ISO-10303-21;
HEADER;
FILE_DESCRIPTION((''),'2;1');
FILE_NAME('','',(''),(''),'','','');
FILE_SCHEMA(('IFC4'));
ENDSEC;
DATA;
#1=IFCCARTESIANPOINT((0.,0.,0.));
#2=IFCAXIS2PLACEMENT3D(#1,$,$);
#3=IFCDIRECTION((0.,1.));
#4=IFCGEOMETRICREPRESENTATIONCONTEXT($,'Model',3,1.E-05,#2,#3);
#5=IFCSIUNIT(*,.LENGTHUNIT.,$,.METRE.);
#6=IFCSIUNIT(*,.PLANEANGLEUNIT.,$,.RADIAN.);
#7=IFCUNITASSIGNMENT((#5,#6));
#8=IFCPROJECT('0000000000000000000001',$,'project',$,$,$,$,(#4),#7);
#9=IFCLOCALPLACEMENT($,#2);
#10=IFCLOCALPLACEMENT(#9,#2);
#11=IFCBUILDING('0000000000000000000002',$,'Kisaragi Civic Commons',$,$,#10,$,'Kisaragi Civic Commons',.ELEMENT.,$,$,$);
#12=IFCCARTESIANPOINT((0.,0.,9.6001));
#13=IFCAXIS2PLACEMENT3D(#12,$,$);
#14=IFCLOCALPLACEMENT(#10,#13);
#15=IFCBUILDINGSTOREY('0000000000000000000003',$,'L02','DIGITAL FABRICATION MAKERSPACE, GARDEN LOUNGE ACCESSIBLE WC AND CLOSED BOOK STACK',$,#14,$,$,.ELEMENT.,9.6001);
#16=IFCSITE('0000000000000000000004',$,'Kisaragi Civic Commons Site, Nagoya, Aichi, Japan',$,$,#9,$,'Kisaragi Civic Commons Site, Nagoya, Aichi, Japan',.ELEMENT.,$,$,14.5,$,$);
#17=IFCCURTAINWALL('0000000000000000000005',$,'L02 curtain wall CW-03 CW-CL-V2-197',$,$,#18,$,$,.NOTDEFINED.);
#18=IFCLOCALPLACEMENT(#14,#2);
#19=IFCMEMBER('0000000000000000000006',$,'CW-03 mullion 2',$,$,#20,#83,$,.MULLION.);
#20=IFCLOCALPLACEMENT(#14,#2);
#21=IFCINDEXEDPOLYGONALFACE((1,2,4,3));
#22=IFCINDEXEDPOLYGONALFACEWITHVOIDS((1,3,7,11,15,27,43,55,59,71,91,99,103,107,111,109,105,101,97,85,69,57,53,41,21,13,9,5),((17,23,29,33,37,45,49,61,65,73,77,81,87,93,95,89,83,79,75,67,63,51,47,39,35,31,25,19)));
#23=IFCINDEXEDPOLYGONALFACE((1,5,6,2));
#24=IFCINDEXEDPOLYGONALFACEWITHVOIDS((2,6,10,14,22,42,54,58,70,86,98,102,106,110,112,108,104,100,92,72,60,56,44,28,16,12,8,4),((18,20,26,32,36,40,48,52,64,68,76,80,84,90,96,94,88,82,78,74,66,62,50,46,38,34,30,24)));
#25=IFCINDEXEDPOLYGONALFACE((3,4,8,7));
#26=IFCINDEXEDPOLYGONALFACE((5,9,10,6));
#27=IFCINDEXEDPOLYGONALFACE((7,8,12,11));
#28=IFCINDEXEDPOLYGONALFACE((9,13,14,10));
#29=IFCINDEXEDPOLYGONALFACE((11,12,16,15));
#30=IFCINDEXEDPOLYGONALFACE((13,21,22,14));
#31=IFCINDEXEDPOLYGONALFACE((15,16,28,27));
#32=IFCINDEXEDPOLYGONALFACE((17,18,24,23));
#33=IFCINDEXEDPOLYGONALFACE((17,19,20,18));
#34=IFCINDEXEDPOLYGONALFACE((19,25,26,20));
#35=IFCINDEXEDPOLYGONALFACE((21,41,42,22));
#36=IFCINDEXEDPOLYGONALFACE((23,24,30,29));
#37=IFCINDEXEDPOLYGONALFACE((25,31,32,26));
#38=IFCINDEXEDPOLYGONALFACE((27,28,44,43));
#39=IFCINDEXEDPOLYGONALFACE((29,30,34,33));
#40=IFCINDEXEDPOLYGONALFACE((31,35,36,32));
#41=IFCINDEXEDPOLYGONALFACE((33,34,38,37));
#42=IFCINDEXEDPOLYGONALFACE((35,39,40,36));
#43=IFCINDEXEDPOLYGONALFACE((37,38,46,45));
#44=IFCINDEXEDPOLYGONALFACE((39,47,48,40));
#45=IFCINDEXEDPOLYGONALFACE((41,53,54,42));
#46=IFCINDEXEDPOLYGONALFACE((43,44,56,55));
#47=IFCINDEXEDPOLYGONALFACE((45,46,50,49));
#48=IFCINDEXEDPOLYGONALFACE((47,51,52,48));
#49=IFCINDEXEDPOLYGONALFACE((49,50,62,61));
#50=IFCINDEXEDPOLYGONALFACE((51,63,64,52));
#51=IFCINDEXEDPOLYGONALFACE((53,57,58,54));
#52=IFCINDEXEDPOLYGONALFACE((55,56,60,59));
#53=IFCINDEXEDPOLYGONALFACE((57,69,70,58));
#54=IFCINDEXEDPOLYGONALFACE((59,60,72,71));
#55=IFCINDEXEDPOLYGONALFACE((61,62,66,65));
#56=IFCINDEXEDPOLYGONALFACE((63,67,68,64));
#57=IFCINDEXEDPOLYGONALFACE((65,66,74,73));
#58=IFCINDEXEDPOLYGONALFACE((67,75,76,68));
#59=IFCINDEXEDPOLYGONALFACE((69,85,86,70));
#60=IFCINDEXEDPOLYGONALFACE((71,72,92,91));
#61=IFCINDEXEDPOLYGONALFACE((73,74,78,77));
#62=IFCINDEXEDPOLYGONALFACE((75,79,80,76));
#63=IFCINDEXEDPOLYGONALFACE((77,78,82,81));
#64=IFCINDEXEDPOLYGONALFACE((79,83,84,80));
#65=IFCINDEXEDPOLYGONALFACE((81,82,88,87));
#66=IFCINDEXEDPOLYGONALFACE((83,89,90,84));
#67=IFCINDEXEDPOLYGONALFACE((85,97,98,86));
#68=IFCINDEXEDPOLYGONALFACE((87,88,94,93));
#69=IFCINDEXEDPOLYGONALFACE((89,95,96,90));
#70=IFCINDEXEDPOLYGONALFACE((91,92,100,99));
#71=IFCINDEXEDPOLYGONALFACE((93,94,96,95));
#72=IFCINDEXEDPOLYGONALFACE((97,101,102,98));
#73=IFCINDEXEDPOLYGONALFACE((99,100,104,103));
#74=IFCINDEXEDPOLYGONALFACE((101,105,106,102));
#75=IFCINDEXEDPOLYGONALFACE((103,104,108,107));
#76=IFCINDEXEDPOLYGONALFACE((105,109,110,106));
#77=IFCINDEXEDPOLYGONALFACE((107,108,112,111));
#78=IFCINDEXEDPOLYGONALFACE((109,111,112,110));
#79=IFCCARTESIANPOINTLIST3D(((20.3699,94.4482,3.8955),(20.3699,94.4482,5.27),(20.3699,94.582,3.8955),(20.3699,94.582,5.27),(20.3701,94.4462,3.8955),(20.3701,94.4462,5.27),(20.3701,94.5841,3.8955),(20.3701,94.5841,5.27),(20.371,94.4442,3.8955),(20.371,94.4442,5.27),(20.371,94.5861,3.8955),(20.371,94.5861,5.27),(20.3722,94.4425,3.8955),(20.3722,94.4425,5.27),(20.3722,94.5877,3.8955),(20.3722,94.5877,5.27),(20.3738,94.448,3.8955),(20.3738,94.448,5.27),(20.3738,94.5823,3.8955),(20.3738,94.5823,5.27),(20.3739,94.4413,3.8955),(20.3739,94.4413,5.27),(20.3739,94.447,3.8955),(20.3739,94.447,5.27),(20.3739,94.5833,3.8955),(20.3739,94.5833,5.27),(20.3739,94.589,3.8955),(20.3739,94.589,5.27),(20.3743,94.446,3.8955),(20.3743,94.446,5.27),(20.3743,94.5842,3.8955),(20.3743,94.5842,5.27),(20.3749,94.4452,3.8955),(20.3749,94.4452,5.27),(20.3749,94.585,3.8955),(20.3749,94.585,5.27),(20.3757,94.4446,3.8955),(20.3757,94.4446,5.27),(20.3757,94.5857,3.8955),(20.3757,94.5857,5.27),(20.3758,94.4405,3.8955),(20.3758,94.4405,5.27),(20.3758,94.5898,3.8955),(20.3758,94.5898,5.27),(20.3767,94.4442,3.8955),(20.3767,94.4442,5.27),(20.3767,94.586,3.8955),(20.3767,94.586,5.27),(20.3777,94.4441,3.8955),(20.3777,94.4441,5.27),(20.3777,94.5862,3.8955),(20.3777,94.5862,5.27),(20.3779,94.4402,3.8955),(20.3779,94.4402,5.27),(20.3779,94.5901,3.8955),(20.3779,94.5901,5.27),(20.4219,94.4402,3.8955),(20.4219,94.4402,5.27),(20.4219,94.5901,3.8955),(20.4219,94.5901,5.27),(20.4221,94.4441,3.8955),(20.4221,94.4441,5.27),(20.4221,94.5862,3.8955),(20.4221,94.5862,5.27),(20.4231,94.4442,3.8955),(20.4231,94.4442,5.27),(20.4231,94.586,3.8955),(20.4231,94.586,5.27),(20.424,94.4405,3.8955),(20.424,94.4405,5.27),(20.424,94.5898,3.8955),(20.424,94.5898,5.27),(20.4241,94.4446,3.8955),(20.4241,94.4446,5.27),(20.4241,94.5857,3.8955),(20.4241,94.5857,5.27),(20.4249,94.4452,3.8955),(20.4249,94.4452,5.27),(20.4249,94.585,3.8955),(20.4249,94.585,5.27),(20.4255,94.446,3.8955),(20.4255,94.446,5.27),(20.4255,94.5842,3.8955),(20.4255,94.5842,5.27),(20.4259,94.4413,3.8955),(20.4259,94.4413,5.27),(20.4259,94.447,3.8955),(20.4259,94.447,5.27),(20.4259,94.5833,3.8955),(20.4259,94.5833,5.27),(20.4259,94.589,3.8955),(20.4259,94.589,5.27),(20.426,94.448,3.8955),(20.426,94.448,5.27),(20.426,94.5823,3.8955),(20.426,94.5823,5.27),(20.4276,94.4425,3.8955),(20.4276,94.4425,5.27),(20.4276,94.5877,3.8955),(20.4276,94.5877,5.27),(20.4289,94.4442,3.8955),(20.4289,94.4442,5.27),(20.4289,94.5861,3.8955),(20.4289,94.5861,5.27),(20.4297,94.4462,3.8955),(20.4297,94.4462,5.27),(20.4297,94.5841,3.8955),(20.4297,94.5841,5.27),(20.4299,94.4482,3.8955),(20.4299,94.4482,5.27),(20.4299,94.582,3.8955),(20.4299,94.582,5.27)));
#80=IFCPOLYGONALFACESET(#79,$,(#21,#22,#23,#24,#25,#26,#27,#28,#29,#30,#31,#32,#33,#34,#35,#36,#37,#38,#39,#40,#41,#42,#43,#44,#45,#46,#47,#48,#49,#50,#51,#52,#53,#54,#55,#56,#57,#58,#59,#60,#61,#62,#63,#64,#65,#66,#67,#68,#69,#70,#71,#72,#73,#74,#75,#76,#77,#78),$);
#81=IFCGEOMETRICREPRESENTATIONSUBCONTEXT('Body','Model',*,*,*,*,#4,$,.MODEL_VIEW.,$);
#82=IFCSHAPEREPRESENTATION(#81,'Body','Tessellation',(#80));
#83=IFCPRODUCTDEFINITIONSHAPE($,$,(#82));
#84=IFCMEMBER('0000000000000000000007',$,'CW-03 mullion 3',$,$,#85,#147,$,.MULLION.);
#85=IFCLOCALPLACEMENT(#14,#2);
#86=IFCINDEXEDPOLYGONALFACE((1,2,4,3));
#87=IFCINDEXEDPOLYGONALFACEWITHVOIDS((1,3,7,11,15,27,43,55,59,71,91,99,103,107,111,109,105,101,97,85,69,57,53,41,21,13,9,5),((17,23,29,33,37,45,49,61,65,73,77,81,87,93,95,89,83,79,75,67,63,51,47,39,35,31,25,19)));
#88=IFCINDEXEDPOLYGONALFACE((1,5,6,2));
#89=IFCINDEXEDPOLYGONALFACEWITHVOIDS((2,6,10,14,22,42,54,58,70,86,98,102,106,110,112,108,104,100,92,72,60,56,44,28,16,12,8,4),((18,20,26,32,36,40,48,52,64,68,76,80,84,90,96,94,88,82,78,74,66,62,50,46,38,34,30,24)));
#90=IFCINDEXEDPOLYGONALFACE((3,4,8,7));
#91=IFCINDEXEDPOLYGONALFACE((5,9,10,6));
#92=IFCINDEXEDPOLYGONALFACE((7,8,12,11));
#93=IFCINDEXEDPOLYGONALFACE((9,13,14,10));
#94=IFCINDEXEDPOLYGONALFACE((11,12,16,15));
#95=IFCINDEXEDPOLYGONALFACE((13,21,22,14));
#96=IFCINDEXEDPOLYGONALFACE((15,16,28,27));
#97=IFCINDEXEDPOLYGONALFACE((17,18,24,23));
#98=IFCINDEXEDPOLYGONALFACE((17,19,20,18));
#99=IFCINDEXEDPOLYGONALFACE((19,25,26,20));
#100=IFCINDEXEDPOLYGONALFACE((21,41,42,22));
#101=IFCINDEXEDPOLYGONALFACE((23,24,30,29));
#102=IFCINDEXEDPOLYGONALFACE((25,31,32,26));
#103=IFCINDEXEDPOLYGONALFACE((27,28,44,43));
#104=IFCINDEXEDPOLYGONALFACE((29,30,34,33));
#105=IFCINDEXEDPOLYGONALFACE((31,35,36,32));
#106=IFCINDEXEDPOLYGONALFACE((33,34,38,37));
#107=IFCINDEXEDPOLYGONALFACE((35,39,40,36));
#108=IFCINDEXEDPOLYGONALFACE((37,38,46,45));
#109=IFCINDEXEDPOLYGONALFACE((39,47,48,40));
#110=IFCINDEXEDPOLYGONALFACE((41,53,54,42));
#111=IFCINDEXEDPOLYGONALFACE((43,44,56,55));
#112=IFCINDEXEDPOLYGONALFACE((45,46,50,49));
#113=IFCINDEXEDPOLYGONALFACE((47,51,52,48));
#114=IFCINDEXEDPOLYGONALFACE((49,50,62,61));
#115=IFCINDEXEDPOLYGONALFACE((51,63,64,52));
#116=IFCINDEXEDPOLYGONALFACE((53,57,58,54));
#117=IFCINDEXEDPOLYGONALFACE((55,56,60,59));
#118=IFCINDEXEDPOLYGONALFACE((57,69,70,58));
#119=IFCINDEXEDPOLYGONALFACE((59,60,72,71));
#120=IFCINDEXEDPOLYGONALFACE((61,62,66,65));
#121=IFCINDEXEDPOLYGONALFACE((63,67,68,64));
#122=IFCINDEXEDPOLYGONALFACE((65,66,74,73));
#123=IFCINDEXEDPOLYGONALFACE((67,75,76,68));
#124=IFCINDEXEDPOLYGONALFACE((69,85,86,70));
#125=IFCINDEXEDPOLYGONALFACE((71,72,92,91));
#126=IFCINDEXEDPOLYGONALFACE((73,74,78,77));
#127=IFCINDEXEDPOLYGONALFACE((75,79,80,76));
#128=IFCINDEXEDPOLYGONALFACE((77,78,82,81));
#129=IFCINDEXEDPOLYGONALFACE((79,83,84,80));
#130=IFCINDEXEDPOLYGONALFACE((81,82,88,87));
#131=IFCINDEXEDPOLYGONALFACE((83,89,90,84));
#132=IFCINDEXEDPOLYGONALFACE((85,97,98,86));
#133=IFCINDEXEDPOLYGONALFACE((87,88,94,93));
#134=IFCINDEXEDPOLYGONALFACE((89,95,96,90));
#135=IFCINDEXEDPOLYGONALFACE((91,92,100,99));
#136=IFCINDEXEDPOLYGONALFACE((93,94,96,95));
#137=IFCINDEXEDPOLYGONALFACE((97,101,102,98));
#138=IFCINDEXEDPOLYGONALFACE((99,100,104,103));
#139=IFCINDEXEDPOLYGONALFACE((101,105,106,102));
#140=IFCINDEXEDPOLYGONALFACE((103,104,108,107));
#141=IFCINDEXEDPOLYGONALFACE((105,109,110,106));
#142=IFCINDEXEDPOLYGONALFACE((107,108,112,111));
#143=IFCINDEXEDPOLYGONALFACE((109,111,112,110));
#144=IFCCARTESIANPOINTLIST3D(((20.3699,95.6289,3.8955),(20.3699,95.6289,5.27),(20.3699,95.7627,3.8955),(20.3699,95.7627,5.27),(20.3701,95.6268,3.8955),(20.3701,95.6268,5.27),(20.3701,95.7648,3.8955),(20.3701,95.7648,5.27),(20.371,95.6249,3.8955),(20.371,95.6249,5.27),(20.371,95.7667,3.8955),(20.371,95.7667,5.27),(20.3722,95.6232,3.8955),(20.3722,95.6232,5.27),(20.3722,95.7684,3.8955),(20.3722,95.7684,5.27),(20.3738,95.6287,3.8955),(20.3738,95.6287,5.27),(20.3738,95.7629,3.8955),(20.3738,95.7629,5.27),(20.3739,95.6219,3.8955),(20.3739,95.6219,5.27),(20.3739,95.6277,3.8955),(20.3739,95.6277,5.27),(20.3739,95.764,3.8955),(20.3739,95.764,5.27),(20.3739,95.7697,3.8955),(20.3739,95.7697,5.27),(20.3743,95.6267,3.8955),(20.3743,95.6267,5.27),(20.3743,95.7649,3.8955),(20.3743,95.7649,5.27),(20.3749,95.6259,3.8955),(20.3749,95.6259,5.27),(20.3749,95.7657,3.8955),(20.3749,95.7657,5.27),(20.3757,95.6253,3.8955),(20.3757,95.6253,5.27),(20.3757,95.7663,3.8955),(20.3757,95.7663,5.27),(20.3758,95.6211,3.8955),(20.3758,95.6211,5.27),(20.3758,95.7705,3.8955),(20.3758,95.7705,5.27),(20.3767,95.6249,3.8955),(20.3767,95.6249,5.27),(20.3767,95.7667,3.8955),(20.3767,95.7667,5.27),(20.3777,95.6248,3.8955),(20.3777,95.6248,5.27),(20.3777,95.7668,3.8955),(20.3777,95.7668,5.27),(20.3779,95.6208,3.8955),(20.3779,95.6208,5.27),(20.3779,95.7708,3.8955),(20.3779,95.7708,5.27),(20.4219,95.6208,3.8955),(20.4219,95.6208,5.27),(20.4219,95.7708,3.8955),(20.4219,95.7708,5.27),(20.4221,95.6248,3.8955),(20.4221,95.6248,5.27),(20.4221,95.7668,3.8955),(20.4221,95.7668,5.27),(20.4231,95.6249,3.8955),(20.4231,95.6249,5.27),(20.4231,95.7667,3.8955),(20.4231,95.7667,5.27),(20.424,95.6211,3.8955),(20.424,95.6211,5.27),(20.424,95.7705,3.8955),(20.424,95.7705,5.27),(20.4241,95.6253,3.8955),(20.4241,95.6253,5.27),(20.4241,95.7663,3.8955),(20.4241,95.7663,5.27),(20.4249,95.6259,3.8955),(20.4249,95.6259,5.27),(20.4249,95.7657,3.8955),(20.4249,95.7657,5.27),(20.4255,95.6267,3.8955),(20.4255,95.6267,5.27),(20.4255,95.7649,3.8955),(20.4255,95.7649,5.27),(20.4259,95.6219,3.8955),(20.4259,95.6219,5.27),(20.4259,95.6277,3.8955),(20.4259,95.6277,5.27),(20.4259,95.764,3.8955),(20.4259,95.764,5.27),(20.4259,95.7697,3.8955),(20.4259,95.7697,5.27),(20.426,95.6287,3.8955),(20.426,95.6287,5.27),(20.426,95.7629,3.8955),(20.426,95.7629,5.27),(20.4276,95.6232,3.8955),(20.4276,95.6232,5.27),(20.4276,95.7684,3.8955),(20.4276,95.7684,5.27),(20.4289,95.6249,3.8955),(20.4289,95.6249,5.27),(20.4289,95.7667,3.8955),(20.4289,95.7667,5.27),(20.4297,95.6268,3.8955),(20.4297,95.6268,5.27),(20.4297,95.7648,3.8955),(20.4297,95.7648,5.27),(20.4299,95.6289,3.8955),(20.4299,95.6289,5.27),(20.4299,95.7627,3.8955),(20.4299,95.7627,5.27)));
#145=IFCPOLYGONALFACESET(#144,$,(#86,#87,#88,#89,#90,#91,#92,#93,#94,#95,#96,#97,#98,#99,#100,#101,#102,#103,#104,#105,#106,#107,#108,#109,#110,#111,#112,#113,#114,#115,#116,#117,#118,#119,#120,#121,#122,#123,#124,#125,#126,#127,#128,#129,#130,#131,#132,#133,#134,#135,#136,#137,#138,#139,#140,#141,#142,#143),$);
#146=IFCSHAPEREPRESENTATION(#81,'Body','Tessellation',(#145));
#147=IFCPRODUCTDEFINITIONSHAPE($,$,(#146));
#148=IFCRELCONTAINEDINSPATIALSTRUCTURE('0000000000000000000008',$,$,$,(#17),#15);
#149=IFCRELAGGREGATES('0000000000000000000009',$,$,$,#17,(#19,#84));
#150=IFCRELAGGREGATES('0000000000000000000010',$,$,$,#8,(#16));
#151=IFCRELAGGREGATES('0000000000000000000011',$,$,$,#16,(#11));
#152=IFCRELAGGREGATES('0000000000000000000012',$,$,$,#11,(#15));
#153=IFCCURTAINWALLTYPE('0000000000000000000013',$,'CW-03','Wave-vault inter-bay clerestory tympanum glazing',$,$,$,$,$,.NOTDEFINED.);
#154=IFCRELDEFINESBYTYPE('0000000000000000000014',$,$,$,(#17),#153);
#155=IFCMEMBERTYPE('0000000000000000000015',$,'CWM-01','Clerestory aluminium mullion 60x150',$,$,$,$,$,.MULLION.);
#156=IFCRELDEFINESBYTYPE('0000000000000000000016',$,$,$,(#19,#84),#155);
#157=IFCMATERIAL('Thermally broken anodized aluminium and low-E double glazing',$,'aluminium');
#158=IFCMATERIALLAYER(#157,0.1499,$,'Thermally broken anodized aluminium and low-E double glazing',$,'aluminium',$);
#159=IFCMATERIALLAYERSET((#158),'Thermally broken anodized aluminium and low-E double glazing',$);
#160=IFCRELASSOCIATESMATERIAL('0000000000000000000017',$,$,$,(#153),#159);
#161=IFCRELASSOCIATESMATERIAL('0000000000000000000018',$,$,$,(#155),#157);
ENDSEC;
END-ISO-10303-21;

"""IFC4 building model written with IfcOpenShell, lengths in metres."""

from ifc_helpers import new_model, si_unit, direction, frame, origin, origin_2d, place, context, subcontext, project, spatial, hollow_rectangle, extrude, material, layer, layer_set, material_profile, profile_set, type_object, element, aggregate, save


model = new_model("IFC4")

# Units and contexts
model_context = context("Model", 3, precision=1e-05, world=origin(), true_north=direction((0.0, 1.0)))
body_context = subcontext(model_context, "Body", "Model", "MODEL_VIEW")
ifc_project = project(units=[si_unit("LENGTHUNIT", "METRE"), si_unit("PLANEANGLEUNIT", "RADIAN")], contexts=[model_context])

# Site, building, storey
site_placement = place(None, origin())
site = spatial("IfcSite", under=ifc_project, at=site_placement, Name="Kisaragi Civic Commons Site, Nagoya, Aichi, Japan", LongName="Kisaragi Civic Commons Site, Nagoya, Aichi, Japan", CompositionType="ELEMENT", RefElevation=14.5)
building_placement = place(site_placement, origin())
building = spatial("IfcBuilding", under=site, at=building_placement, Name="Kisaragi Civic Commons", LongName="Kisaragi Civic Commons", CompositionType="ELEMENT")
storey_placement = place(building_placement, frame((0.0, 0.0, 9.6001)))
storey = spatial("IfcBuildingStorey", under=building, at=storey_placement, Name="L02", Description="DIGITAL FABRICATION MAKERSPACE, GARDEN LOUNGE ACCESSIBLE WC AND CLOSED BOOK STACK", CompositionType="ELEMENT", Elevation=9.6001)

# Shared definitions
ifc_material_1 = material(Name="Thermally broken anodized aluminium and low-E double glazing", Category="aluminium")
ifc_layer_1 = layer(ifc_material_1, 0.1499, Name="Thermally broken anodized aluminium and low-E double glazing", Category="aluminium")
ifc_layer_set_1 = layer_set([ifc_layer_1], Name="Thermally broken anodized aluminium and low-E double glazing")
curtain_wall_type = type_object("IfcCurtainWallType", Name="CW-03", Description="Wave-vault inter-bay clerestory tympanum glazing", PredefinedType="NOTDEFINED", material=ifc_layer_set_1)
ifc_material_profile_1 = material_profile(ifc_material_1, hollow_rectangle(XDim=0.0601, YDim=0.1499, WallThickness=0.0039, InnerFilletRadius=0.0039, OuterFilletRadius=0.0081, at=origin_2d()), Name="CWM-60x150x4", Category="aluminium")
ifc_profile_set_1 = profile_set([ifc_material_profile_1], Name="Thermally broken anodized aluminium and low-E double glazing")
member_type_1 = type_object("IfcMemberType", Name="CWM-01", Description="Clerestory aluminium mullion 60x150", PredefinedType="MULLION", material=ifc_profile_set_1)

# Curtain wall, members
curtain_wall_1_placement = place(storey_placement, origin())
curtain_wall_1 = element("IfcCurtainWall", 1, at=curtain_wall_1_placement, inside=storey, type_object=curtain_wall_type, Name="L02 curtain wall CW-03 CW-CL-V2-197", PredefinedType="NOTDEFINED")
member_1_placement = place(storey_placement, frame((20.3999, 94.5151, 3.8955), z_axis=(0.0, 0.0, 1.0), x_axis=(-1.0, 0.0, 0.0)))
member_1 = element("IfcMember", 2, at=member_1_placement, type_object=member_type_1, Name="CW-03 mullion 2", PredefinedType="MULLION", context=body_context, shape_type="SweptSolid", body=[
    extrude(hollow_rectangle(XDim=0.0601, YDim=0.1499, WallThickness=0.0039, InnerFilletRadius=0.0039, OuterFilletRadius=0.0081, at=origin_2d()), origin(), (0.0, 0.0, 1.0), 1.3745),
])
member_2_placement = place(storey_placement, frame((20.3999, 95.6958, 3.8955), z_axis=(0.0, 0.0, 1.0), x_axis=(-1.0, 0.0, 0.0)))
member_2 = element("IfcMember", 3, at=member_2_placement, type_object=member_type_1, Name="CW-03 mullion 3", PredefinedType="MULLION", context=body_context, shape_type="SweptSolid", body=[
    extrude(hollow_rectangle(XDim=0.0601, YDim=0.1499, WallThickness=0.0039, InnerFilletRadius=0.0039, OuterFilletRadius=0.0081, at=origin_2d()), origin(), (0.0, 0.0, 1.0), 1.3745),
])

aggregate(curtain_wall_1, [member_1, member_2])

save(model, "model.ifc")
